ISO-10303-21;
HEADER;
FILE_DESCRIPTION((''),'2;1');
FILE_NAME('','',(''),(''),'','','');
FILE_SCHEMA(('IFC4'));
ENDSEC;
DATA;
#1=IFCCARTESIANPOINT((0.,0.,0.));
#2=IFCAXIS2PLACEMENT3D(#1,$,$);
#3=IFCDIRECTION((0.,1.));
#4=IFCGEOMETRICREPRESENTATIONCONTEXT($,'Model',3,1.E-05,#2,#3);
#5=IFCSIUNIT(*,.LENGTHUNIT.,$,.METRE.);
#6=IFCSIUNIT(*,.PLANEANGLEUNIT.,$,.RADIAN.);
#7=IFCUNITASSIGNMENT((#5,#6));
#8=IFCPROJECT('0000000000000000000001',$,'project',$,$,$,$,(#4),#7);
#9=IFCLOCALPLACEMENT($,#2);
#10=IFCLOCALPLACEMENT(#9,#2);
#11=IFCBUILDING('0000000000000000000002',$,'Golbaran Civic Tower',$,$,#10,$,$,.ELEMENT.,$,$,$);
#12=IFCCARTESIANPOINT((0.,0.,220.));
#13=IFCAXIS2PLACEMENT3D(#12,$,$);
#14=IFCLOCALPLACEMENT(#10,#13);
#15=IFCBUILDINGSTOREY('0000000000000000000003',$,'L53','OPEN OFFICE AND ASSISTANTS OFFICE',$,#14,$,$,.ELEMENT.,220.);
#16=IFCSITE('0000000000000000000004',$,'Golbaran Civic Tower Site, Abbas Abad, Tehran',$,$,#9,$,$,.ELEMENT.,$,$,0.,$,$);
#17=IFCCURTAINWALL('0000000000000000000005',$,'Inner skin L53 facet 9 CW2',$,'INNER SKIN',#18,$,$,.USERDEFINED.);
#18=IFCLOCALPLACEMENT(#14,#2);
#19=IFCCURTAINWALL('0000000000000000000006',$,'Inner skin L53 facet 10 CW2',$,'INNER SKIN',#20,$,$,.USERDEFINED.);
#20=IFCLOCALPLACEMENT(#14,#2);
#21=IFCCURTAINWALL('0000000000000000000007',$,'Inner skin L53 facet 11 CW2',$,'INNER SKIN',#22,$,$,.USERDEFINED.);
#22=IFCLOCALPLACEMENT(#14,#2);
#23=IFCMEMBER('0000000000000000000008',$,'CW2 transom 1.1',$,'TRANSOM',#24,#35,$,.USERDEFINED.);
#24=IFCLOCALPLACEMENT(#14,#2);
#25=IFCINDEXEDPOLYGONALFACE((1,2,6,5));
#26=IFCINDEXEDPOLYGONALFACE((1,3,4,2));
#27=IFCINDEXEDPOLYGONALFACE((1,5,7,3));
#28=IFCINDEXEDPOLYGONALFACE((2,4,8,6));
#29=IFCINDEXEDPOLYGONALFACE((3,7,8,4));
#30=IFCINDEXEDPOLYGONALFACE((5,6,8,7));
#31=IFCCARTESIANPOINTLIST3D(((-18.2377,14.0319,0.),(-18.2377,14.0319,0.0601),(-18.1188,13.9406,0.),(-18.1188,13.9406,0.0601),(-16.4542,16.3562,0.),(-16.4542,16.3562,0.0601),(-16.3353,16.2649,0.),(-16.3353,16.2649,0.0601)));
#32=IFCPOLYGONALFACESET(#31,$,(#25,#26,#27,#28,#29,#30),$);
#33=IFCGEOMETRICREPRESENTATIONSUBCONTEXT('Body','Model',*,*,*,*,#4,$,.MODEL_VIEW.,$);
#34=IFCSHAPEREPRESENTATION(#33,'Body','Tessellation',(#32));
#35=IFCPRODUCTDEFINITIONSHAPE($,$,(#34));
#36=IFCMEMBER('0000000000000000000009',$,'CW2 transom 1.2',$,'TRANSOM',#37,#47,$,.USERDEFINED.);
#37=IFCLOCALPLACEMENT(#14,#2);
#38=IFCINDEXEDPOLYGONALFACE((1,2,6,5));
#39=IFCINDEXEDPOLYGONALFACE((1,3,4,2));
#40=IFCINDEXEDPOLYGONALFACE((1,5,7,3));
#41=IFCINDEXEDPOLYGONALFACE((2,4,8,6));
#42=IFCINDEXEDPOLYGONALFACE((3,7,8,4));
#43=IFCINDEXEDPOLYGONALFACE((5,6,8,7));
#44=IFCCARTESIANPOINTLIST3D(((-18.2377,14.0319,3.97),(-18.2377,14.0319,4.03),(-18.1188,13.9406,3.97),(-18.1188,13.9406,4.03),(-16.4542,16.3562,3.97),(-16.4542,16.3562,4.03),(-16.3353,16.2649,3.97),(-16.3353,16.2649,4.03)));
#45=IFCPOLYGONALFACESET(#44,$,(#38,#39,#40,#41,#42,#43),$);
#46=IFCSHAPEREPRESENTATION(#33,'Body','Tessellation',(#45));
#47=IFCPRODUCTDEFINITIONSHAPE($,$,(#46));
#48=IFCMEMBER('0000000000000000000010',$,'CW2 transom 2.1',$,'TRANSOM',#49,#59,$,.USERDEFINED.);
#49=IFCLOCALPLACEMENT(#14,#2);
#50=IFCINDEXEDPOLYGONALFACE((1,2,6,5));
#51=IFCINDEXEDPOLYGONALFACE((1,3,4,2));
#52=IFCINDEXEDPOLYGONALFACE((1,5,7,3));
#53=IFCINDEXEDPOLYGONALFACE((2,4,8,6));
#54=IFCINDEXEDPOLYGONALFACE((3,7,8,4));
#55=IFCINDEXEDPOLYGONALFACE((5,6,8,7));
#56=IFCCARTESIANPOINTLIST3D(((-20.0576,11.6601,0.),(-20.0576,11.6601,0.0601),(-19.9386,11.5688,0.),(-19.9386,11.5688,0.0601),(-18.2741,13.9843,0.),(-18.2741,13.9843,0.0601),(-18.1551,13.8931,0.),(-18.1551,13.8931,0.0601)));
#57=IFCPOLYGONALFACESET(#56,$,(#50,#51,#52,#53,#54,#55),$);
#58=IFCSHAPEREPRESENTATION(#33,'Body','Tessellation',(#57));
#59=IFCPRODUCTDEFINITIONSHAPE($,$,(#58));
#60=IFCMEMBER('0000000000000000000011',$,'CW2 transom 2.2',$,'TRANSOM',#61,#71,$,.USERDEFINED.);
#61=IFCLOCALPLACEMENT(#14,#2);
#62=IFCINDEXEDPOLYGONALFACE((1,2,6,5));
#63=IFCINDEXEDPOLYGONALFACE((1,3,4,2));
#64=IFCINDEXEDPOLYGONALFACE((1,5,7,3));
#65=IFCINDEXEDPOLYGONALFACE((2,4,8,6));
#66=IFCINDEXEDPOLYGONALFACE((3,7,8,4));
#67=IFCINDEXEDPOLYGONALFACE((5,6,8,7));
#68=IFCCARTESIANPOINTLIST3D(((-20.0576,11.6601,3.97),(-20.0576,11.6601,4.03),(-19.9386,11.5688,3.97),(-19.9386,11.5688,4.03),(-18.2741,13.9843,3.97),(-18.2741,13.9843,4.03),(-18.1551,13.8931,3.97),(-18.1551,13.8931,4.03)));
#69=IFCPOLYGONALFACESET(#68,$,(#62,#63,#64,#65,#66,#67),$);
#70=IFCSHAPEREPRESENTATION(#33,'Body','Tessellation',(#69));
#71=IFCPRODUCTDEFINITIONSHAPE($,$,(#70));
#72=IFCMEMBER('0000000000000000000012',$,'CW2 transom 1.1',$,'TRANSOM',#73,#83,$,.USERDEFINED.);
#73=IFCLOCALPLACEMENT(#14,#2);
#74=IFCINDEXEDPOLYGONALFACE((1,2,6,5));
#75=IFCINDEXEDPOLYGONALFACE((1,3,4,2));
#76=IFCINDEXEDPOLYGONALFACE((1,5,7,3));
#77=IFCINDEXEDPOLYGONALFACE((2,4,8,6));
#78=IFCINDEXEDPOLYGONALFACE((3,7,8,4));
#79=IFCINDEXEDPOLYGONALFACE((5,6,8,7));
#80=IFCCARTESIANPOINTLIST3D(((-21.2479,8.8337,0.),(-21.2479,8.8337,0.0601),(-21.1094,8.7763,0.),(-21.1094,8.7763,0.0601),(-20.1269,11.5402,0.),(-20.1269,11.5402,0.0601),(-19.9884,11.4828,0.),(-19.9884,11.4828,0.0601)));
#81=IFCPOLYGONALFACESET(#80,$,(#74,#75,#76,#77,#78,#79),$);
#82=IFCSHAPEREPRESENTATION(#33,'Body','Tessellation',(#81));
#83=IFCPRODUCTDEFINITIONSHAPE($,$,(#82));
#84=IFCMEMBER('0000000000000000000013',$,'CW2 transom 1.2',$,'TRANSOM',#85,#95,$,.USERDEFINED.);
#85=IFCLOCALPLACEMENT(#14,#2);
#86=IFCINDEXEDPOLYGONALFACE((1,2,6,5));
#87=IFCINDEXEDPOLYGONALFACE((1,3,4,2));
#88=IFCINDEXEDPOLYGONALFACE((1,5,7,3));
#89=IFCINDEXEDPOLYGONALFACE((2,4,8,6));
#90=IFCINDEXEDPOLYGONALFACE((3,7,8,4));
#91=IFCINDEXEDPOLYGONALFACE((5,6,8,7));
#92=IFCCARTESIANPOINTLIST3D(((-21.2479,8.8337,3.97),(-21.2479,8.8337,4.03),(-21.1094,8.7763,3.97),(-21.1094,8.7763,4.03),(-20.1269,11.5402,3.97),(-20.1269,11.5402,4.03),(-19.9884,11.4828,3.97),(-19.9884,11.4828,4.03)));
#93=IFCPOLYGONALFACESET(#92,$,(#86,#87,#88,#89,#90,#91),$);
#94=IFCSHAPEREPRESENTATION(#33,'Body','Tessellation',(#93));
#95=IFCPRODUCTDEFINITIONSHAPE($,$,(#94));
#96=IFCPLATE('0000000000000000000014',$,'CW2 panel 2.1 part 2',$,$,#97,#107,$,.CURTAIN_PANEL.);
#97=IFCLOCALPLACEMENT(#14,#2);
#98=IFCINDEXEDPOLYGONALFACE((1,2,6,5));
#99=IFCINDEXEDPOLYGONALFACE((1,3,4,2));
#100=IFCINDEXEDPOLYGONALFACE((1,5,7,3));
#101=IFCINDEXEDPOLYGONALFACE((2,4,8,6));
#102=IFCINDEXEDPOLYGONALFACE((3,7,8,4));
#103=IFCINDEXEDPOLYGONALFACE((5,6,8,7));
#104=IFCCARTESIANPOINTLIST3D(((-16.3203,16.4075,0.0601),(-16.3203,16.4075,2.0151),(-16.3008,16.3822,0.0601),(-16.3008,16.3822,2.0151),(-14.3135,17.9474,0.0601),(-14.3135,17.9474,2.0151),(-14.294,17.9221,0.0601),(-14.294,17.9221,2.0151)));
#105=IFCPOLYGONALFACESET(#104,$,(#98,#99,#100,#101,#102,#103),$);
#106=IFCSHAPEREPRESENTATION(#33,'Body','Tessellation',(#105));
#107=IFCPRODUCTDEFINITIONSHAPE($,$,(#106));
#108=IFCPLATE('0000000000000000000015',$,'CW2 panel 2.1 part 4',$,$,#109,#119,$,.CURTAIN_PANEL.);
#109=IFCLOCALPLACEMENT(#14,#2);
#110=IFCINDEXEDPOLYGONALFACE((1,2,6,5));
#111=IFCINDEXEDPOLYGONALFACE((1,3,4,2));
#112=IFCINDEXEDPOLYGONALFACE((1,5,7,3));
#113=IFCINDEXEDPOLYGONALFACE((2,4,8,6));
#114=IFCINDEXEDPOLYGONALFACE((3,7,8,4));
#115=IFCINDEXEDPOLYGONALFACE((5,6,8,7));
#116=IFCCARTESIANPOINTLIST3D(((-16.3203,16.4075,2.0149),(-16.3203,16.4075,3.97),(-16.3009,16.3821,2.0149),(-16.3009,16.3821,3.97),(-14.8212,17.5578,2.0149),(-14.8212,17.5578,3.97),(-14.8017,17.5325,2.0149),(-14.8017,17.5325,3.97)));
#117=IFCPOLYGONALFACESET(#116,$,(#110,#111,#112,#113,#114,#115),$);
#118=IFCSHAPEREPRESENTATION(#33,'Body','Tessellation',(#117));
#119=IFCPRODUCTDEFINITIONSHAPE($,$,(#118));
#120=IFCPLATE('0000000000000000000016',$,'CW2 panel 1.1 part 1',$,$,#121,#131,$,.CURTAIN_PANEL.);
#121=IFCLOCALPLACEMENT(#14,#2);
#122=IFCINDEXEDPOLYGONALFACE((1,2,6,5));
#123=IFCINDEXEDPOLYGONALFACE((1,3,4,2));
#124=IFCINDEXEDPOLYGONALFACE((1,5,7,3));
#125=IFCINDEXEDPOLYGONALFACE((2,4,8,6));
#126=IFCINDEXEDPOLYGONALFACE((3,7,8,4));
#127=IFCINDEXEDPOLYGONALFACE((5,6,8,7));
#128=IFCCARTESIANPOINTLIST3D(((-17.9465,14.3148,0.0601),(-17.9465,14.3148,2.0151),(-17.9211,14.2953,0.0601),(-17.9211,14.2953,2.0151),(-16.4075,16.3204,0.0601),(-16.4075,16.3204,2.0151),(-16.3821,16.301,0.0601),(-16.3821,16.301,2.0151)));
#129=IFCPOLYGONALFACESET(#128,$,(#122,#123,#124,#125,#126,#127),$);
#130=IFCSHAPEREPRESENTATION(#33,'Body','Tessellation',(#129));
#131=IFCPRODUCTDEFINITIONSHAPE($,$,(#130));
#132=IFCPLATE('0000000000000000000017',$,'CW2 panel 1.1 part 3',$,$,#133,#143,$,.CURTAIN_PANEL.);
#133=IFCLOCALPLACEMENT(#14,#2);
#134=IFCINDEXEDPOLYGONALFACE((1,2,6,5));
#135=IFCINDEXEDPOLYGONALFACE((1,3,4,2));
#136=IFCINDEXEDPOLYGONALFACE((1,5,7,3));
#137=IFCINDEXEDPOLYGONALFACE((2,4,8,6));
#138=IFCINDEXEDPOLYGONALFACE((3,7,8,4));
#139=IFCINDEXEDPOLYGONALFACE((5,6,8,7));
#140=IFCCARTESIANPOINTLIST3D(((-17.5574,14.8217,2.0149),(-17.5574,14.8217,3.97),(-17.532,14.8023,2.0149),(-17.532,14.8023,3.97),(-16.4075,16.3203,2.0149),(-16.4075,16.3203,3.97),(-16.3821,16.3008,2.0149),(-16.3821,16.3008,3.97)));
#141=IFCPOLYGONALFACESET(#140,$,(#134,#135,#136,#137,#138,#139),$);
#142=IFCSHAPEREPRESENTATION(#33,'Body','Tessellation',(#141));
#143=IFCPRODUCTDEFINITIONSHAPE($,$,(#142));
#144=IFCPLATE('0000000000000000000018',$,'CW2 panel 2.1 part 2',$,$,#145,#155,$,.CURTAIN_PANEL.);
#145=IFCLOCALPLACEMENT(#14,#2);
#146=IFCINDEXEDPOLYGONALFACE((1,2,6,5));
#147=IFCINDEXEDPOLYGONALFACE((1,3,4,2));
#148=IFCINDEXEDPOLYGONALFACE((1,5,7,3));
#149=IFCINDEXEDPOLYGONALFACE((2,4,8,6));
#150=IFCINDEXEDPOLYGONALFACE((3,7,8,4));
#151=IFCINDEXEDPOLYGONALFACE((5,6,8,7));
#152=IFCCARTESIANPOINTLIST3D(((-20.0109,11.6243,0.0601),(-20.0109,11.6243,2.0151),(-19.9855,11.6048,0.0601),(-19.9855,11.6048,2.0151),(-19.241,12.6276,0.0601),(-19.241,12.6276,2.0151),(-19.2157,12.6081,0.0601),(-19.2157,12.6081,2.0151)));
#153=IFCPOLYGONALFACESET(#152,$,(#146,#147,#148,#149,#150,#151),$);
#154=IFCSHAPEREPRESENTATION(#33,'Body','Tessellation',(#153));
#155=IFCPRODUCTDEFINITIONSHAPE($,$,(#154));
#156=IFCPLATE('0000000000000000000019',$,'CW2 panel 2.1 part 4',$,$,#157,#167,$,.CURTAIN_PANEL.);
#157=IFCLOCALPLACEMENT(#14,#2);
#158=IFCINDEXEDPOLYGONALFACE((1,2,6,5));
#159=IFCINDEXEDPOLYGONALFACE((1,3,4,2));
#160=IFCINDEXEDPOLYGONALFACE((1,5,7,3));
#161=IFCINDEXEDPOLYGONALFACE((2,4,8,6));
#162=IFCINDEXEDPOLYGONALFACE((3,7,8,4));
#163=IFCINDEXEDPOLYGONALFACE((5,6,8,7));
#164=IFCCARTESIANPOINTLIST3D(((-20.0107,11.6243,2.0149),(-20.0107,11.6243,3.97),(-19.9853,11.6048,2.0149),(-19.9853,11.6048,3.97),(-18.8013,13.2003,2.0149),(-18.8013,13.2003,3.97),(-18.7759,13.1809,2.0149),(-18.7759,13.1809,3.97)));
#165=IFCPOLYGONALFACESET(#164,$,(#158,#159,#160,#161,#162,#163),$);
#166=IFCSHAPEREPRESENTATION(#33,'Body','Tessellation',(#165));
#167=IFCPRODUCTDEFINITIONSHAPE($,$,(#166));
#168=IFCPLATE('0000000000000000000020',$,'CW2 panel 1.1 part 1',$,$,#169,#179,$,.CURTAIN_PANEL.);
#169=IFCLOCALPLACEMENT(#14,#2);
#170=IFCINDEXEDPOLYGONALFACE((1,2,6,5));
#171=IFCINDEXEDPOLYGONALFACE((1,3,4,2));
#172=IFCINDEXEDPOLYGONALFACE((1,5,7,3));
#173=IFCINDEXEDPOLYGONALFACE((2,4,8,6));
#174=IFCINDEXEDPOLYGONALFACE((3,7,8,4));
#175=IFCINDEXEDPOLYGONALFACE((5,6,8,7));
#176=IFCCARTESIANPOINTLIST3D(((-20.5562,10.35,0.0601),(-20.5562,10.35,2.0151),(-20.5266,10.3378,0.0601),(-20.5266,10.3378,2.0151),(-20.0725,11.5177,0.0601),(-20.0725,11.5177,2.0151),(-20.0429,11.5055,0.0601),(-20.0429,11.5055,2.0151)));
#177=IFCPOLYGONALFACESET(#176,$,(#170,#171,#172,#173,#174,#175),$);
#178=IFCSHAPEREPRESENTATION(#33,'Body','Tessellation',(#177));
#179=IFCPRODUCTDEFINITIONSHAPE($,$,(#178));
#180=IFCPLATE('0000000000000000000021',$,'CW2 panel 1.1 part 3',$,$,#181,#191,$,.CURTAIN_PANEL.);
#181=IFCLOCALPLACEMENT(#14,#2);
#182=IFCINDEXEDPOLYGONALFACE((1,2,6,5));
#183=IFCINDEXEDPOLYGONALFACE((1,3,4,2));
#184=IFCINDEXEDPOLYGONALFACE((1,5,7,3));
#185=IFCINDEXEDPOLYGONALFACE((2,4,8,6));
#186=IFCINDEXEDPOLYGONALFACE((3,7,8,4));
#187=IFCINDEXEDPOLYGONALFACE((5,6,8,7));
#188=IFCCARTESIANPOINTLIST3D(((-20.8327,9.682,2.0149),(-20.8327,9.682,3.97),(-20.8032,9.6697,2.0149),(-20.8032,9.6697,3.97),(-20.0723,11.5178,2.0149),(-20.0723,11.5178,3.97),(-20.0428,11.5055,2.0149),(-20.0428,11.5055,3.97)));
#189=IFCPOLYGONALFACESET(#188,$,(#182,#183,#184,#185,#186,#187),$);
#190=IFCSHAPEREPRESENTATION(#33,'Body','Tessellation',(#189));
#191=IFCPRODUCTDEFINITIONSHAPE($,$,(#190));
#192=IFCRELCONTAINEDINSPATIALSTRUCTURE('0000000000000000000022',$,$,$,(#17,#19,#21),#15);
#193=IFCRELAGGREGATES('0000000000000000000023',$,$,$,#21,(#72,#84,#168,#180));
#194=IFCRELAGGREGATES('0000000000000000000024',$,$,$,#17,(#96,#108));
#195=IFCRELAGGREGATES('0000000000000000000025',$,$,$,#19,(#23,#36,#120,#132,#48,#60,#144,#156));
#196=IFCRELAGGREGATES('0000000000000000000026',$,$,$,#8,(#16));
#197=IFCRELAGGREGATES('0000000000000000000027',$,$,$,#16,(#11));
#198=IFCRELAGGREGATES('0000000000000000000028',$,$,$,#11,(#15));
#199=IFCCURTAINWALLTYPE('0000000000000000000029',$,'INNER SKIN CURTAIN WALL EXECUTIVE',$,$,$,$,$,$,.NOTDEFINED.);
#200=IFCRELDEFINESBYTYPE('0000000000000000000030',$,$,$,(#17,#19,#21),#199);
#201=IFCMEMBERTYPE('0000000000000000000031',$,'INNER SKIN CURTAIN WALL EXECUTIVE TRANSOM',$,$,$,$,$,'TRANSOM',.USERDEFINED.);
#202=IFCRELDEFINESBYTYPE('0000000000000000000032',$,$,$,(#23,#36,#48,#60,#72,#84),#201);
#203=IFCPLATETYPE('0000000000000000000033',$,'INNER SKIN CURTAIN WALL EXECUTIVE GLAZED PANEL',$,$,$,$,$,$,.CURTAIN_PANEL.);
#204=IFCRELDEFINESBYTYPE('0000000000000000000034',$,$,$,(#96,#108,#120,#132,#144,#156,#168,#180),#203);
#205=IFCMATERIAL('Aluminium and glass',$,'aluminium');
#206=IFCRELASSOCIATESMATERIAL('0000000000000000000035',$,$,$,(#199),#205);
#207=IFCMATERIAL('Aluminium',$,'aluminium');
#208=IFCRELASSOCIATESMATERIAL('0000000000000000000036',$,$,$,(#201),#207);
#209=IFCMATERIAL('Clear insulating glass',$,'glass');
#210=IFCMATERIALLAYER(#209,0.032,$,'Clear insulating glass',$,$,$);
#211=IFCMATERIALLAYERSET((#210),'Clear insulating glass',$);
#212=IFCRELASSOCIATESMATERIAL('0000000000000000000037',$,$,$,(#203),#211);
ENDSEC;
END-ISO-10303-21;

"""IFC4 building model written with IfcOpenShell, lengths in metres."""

from ifc_helpers import new_model, si_unit, direction, frame, origin, origin_2d, place, context, subcontext, project, spatial, rectangle, extrude, material, layer, layer_set, material_profile, profile_set, type_object, element, aggregate, save


model = new_model("IFC4")

# Units and contexts
model_context = context("Model", 3, precision=1e-05, world=origin(), true_north=direction((0.0, 1.0)))
body_context = subcontext(model_context, "Body", "Model", "MODEL_VIEW")
ifc_project = project(units=[si_unit("LENGTHUNIT", "METRE"), si_unit("PLANEANGLEUNIT", "RADIAN")], contexts=[model_context])

# Site, building, storey
site_placement = place(None, origin())
site = spatial("IfcSite", under=ifc_project, at=site_placement, Name="Golbaran Civic Tower Site, Abbas Abad, Tehran", CompositionType="ELEMENT", RefElevation=0.0)
building_placement = place(site_placement, origin())
building = spatial("IfcBuilding", under=site, at=building_placement, Name="Golbaran Civic Tower", CompositionType="ELEMENT")
storey_placement = place(building_placement, frame((0.0, 0.0, 220.0)))
storey = spatial("IfcBuildingStorey", under=building, at=storey_placement, Name="L53", Description="OPEN OFFICE AND ASSISTANTS OFFICE", CompositionType="ELEMENT", Elevation=220.0)

# Curtain wall
ifc_material_1 = material(Name="Aluminium and glass", Category="aluminium")
curtain_wall_type = type_object("IfcCurtainWallType", Name="INNER SKIN CURTAIN WALL EXECUTIVE", PredefinedType="NOTDEFINED", material=ifc_material_1)
curtain_wall_1_placement = place(storey_placement, origin())
curtain_wall_1 = element("IfcCurtainWall", 1, at=curtain_wall_1_placement, inside=storey, type_object=curtain_wall_type, Name="Inner skin L53 facet 9 CW2", ObjectType="INNER SKIN", PredefinedType="USERDEFINED")
ifc_material_2 = material(Name="Aluminium", Category="aluminium")

# Curtain wall
curtain_wall_2_placement = place(storey_placement, origin())
curtain_wall_2 = element("IfcCurtainWall", 2, at=curtain_wall_2_placement, inside=storey, type_object=curtain_wall_type, Name="Inner skin L53 facet 10 CW2", ObjectType="INNER SKIN", PredefinedType="USERDEFINED")

# Curtain wall
curtain_wall_3_placement = place(storey_placement, origin())
curtain_wall_3 = element("IfcCurtainWall", 3, at=curtain_wall_3_placement, inside=storey, type_object=curtain_wall_type, Name="Inner skin L53 facet 11 CW2", ObjectType="INNER SKIN", PredefinedType="USERDEFINED")

# Members
ifc_material_profile_1 = material_profile(ifc_material_2, rectangle(XDim=0.1499, YDim=0.0601, at=origin_2d()), Name="INNER SKIN CURTAIN WALL EXECUTIVE TRANSOM")
ifc_profile_set_1 = profile_set([ifc_material_profile_1], Name="Aluminium")
member_type_1 = type_object("IfcMemberType", Name="INNER SKIN CURTAIN WALL EXECUTIVE TRANSOM", ElementType="TRANSOM", PredefinedType="USERDEFINED", material=ifc_profile_set_1)
member_1_placement = place(storey_placement, frame((-16.3948, 16.3105, 0.03), z_axis=(-0.608764, -0.793351, 0.0), x_axis=(0.793351, -0.608764, 0.0)))
member_1 = element("IfcMember", 4, at=member_1_placement, type_object=member_type_1, Name="CW2 transom 1.1", ObjectType="TRANSOM", PredefinedType="USERDEFINED", context=body_context, shape_type="SweptSolid", body=[
    extrude(rectangle(XDim=0.1499, YDim=0.0601, at=origin_2d()), origin(), (0.0, 0.0, 1.0), 2.9297),
])
member_2_placement = place(storey_placement, frame((-16.3948, 16.3105, 4.0), z_axis=(-0.608764, -0.793351, 0.0), x_axis=(0.793351, -0.608764, 0.0)))
member_2 = element("IfcMember", 5, at=member_2_placement, type_object=member_type_1, Name="CW2 transom 1.2", ObjectType="TRANSOM", PredefinedType="USERDEFINED", context=body_context, shape_type="SweptSolid", body=[
    extrude(rectangle(XDim=0.1499, YDim=0.0601, at=origin_2d()), origin(), (0.0, 0.0, 1.0), 2.9297),
])
member_3_placement = place(storey_placement, frame((-18.2146, 13.9387, 0.03), z_axis=(-0.608764, -0.793351, 0.0), x_axis=(0.793351, -0.608764, 0.0)))
member_3 = element("IfcMember", 6, at=member_3_placement, type_object=member_type_1, Name="CW2 transom 2.1", ObjectType="TRANSOM", PredefinedType="USERDEFINED", context=body_context, shape_type="SweptSolid", body=[
    extrude(rectangle(XDim=0.1499, YDim=0.0601, at=origin_2d()), origin(), (0.0, 0.0, 1.0), 2.9297),
])
member_4_placement = place(storey_placement, frame((-18.2146, 13.9387, 4.0), z_axis=(-0.608764, -0.793351, 0.0), x_axis=(0.793351, -0.608764, 0.0)))
member_4 = element("IfcMember", 7, at=member_4_placement, type_object=member_type_1, Name="CW2 transom 2.2", ObjectType="TRANSOM", PredefinedType="USERDEFINED", context=body_context, shape_type="SweptSolid", body=[
    extrude(rectangle(XDim=0.1499, YDim=0.0601, at=origin_2d()), origin(), (0.0, 0.0, 1.0), 2.9297),
])
member_5_placement = place(storey_placement, frame((-20.0576, 11.5115, 0.03), z_axis=(-0.382685, -0.923879, 0.0), x_axis=(0.923879, -0.382685, 0.0)))
member_5 = element("IfcMember", 8, at=member_5_placement, type_object=member_type_1, Name="CW2 transom 1.1", ObjectType="TRANSOM", PredefinedType="USERDEFINED", context=body_context, shape_type="SweptSolid", body=[
    extrude(rectangle(XDim=0.1499, YDim=0.0601, at=origin_2d()), origin(), (0.0, 0.0, 1.0), 2.9294),
])
member_6_placement = place(storey_placement, frame((-20.0576, 11.5115, 4.0), z_axis=(-0.382685, -0.923879, 0.0), x_axis=(0.923879, -0.382685, 0.0)))
member_6 = element("IfcMember", 9, at=member_6_placement, type_object=member_type_1, Name="CW2 transom 1.2", ObjectType="TRANSOM", PredefinedType="USERDEFINED", context=body_context, shape_type="SweptSolid", body=[
    extrude(rectangle(XDim=0.1499, YDim=0.0601, at=origin_2d()), origin(), (0.0, 0.0, 1.0), 2.9294),
])

# Plates
ifc_material_3 = material(Name="Clear insulating glass", Category="glass")
ifc_layer_1 = layer(ifc_material_3, 0.032, Name="Clear insulating glass")
ifc_layer_set_1 = layer_set([ifc_layer_1], Name="Clear insulating glass")
plate_type_1 = type_object("IfcPlateType", Name="INNER SKIN CURTAIN WALL EXECUTIVE GLAZED PANEL", PredefinedType="CURTAIN_PANEL", material=ifc_layer_set_1)
plate_1_placement = place(storey_placement, frame((-15.3071, 17.1648, 0.0601), z_axis=(0.0, 0.0, 1.0), x_axis=(-0.793353, -0.608761, 0.0)))
plate_1 = element("IfcPlate", 10, at=plate_1_placement, type_object=plate_type_1, Name="CW2 panel 2.1 part 2", PredefinedType="CURTAIN_PANEL", context=body_context, shape_type="SweptSolid", body=[
    extrude(rectangle(XDim=2.5295, YDim=0.032, at=origin_2d()), origin(), (0.0, 0.0, 1.0), 1.9551),
])
plate_2_placement = place(storey_placement, frame((-15.561, 16.97, 2.0149), z_axis=(0.0, 0.0, 1.0), x_axis=(-0.793353, -0.608761, 0.0)))
plate_2 = element("IfcPlate", 11, at=plate_2_placement, type_object=plate_type_1, Name="CW2 panel 2.1 part 4", PredefinedType="CURTAIN_PANEL", context=body_context, shape_type="SweptSolid", body=[
    extrude(rectangle(XDim=1.8896, YDim=0.032, at=origin_2d()), origin(), (0.0, 0.0, 1.0), 1.9551),
])
plate_3_placement = place(storey_placement, frame((-17.1643, 15.3079, 0.0601), z_axis=(0.0, 0.0, 1.0), x_axis=(-0.608761, -0.793353, 0.0)))
plate_3 = element("IfcPlate", 12, at=plate_3_placement, type_object=plate_type_1, Name="CW2 panel 1.1 part 1", PredefinedType="CURTAIN_PANEL", context=body_context, shape_type="SweptSolid", body=[
    extrude(rectangle(XDim=2.5281, YDim=0.032, at=origin_2d()), origin(), (0.0, 0.0, 1.0), 1.9551),
])
plate_4_placement = place(storey_placement, frame((-16.9697, 15.5613, 2.0149), z_axis=(0.0, 0.0, 1.0), x_axis=(-0.608761, -0.793353, 0.0)))
plate_4 = element("IfcPlate", 13, at=plate_4_placement, type_object=plate_type_1, Name="CW2 panel 1.1 part 3", PredefinedType="CURTAIN_PANEL", context=body_context, shape_type="SweptSolid", body=[
    extrude(rectangle(XDim=1.8889, YDim=0.032, at=origin_2d()), origin(), (0.0, 0.0, 1.0), 1.9551),
])
plate_5_placement = place(storey_placement, frame((-19.6133, 12.1162, 0.0601), z_axis=(0.0, 0.0, 1.0), x_axis=(-0.608761, -0.793353, 0.0)))
plate_5 = element("IfcPlate", 14, at=plate_5_placement, type_object=plate_type_1, Name="CW2 panel 2.1 part 2", PredefinedType="CURTAIN_PANEL", context=body_context, shape_type="SweptSolid", body=[
    extrude(rectangle(XDim=1.2646, YDim=0.032, at=origin_2d()), origin(), (0.0, 0.0, 1.0), 1.9551),
])
plate_6_placement = place(storey_placement, frame((-19.3933, 12.4026, 2.0149), z_axis=(0.0, 0.0, 1.0), x_axis=(-0.608761, -0.793353, 0.0)))
plate_6 = element("IfcPlate", 15, at=plate_6_placement, type_object=plate_type_1, Name="CW2 panel 2.1 part 4", PredefinedType="CURTAIN_PANEL", context=body_context, shape_type="SweptSolid", body=[
    extrude(rectangle(XDim=1.9866, YDim=0.032, at=origin_2d()), origin(), (0.0, 0.0, 1.0), 1.9551),
])
plate_7_placement = place(storey_placement, frame((-20.2996, 10.9277, 0.0601), z_axis=(0.0, 0.0, 1.0), x_axis=(-0.382683, -0.92388, 0.0)))
plate_7 = element("IfcPlate", 16, at=plate_7_placement, type_object=plate_type_1, Name="CW2 panel 1.1 part 1", PredefinedType="CURTAIN_PANEL", context=body_context, shape_type="SweptSolid", body=[
    extrude(rectangle(XDim=1.2639, YDim=0.032, at=origin_2d()), origin(), (0.0, 0.0, 1.0), 1.9551),
])
plate_8_placement = place(storey_placement, frame((-20.4377, 10.5938, 2.0149), z_axis=(0.0, 0.0, 1.0), x_axis=(-0.382683, -0.92388, 0.0)))
plate_8 = element("IfcPlate", 17, at=plate_8_placement, type_object=plate_type_1, Name="CW2 panel 1.1 part 3", PredefinedType="CURTAIN_PANEL", context=body_context, shape_type="SweptSolid", body=[
    extrude(rectangle(XDim=1.9871, YDim=0.032, at=origin_2d()), origin(), (0.0, 0.0, 1.0), 1.9551),
])
aggregate(curtain_wall_3, [member_5, member_6, plate_7, plate_8])
aggregate(curtain_wall_1, [plate_1, plate_2])
aggregate(curtain_wall_2, [member_1, member_2, plate_3, plate_4, member_3, member_4, plate_5, plate_6])

save(model, "model.ifc")
